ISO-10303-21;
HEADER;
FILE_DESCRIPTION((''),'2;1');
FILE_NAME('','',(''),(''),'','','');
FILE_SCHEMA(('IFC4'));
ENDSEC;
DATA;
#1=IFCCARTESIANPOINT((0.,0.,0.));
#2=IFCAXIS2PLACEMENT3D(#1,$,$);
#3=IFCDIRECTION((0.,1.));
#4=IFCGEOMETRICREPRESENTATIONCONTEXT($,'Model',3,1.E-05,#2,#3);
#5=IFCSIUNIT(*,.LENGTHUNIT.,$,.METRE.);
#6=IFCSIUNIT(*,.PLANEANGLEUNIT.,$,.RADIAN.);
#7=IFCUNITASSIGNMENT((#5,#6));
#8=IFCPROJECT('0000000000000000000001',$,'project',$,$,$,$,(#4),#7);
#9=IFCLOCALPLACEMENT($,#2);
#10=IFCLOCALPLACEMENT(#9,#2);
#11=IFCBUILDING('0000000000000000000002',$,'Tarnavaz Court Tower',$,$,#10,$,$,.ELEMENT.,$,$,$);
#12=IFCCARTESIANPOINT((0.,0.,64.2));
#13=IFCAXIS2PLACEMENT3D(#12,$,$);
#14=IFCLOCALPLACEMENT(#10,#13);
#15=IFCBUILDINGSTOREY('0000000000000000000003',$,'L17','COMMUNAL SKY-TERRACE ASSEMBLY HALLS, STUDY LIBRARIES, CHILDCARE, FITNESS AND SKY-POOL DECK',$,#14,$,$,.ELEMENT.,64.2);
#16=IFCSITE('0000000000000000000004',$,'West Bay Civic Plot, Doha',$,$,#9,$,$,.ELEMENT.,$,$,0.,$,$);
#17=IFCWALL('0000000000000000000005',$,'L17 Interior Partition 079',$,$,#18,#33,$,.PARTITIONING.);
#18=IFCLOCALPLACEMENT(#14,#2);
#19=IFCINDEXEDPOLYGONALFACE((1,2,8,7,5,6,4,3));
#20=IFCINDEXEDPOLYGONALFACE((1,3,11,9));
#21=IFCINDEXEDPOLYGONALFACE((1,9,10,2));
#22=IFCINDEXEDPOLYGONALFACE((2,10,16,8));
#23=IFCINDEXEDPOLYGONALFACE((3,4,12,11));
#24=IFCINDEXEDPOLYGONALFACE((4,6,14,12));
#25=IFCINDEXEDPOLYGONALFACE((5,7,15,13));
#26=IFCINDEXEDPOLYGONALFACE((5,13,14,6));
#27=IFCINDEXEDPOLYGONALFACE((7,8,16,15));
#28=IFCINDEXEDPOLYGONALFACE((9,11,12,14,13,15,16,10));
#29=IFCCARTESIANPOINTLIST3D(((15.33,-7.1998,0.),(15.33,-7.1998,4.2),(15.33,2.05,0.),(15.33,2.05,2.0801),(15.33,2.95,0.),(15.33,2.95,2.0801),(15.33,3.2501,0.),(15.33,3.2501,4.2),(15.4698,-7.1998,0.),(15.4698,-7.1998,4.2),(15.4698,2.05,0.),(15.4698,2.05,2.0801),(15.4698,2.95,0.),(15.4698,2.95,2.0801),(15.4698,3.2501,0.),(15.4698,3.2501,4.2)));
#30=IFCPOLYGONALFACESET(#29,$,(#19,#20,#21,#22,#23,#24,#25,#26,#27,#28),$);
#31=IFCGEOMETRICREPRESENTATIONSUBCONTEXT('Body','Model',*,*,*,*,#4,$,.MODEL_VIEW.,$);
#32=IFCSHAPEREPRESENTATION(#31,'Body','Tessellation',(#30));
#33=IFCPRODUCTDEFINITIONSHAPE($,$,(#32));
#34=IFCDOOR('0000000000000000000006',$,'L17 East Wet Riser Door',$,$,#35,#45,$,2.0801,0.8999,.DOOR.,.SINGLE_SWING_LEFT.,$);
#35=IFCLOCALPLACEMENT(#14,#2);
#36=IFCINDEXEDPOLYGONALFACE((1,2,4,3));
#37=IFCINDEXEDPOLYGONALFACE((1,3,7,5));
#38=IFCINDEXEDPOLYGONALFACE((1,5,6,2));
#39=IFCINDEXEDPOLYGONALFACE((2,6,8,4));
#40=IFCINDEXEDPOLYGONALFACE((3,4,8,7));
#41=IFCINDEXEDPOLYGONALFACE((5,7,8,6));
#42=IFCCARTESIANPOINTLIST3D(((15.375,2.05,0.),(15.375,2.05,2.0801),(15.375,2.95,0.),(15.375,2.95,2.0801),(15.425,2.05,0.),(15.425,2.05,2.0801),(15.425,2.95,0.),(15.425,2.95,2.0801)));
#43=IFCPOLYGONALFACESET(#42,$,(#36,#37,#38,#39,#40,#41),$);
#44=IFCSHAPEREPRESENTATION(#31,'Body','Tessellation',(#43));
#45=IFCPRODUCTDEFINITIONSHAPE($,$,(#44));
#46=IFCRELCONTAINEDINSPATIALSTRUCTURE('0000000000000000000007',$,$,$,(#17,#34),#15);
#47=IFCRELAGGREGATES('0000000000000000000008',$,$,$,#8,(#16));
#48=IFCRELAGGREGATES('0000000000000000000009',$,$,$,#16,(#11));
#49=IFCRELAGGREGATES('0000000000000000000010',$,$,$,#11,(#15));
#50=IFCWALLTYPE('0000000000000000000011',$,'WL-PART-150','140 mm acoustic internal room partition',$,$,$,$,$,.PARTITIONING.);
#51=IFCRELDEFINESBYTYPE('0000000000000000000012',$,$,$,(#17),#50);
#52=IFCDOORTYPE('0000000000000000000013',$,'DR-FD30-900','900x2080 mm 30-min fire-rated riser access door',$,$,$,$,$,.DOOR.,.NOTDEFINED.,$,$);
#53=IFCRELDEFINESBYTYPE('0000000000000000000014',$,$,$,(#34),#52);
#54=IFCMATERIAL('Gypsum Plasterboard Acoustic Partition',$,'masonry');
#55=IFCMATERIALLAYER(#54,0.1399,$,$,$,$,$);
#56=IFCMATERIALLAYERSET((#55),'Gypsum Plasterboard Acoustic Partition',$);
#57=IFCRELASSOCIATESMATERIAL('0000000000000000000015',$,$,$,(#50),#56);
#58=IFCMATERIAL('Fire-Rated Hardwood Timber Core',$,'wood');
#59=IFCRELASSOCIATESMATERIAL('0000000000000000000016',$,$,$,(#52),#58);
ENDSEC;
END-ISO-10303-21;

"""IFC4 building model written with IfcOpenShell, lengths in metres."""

from ifc_helpers import new_model, si_unit, direction, frame, frame_2d, origin, place, context, subcontext, project, spatial, rectangle, extrude, material, layer, layer_set, type_object, element, fill, save


model = new_model("IFC4")

# Units and contexts
model_context = context("Model", 3, precision=1e-05, world=origin(), true_north=direction((0.0, 1.0)))
body_context = subcontext(model_context, "Body", "Model", "MODEL_VIEW")
ifc_project = project(units=[si_unit("LENGTHUNIT", "METRE"), si_unit("PLANEANGLEUNIT", "RADIAN")], contexts=[model_context])

# Site, building, storey
site_placement = place(None, origin())
site = spatial("IfcSite", under=ifc_project, at=site_placement, Name="West Bay Civic Plot, Doha", CompositionType="ELEMENT", RefElevation=0.0)
building_placement = place(site_placement, origin())
building = spatial("IfcBuilding", under=site, at=building_placement, Name="Tarnavaz Court Tower", CompositionType="ELEMENT")
storey_placement = place(building_placement, frame((0.0, 0.0, 64.2)))
storey = spatial("IfcBuildingStorey", under=building, at=storey_placement, Name="L17", Description="COMMUNAL SKY-TERRACE ASSEMBLY HALLS, STUDY LIBRARIES, CHILDCARE, FITNESS AND SKY-POOL DECK", CompositionType="ELEMENT", Elevation=64.2)

# Wall, opening, door
ifc_material_1 = material(Name="Gypsum Plasterboard Acoustic Partition", Category="masonry")
ifc_layer_1 = layer(ifc_material_1, 0.1399)
ifc_layer_set_1 = layer_set([ifc_layer_1], Name="Gypsum Plasterboard Acoustic Partition")
wall_type_1 = type_object("IfcWallType", Name="WL-PART-150", Description="140 mm acoustic internal room partition", PredefinedType="PARTITIONING", material=ifc_layer_set_1)
wall_1_placement = place(storey_placement, frame((15.3999, -7.2, 0.0), z_axis=(0.0, 0.0, 1.0), x_axis=(0.0, 1.0, 0.0)))
wall_1 = element("IfcWall", 1, at=wall_1_placement, inside=storey, type_object=wall_type_1, Name="L17 Interior Partition 079", PredefinedType="PARTITIONING", context=body_context, shape_type="SweptSolid", body=[
    extrude(rectangle(XDim=10.45, YDim=0.1399, at=frame_2d((5.2251, 0.0))), origin(), (0.0, 0.0, 1.0), 4.2),
])
opening_1_placement = place(wall_1_placement, frame((9.25, 0.0, 0.0)))
opening_1 = element("IfcOpeningElement", 2, at=opening_1_placement, cuts=wall_1, PredefinedType="OPENING", context=body_context, shape_type="SweptSolid", body=[
    extrude(rectangle(XDim=0.8999, YDim=2.0801, at=frame_2d((0.45, 1.04))), frame((0.0, 0.0798, 0.0), z_axis=(0.0, -1.0, 0.0), x_axis=(1.0, 0.0, 0.0)), (0.0, 0.0, 1.0), 0.1599),
])
ifc_material_2 = material(Name="Fire-Rated Hardwood Timber Core", Category="wood")
door_type_1 = type_object("IfcDoorType", Name="DR-FD30-900", Description="900x2080 mm 30-min fire-rated riser access door", OperationType="NOTDEFINED", PredefinedType="DOOR", material=ifc_material_2)
door_1_placement = place(opening_1_placement, origin())
door_1 = element("IfcDoor", 3, at=door_1_placement, inside=storey, type_object=door_type_1, Name="L17 East Wet Riser Door", OperationType="SINGLE_SWING_LEFT", OverallHeight=2.0801, OverallWidth=0.8999, PredefinedType="DOOR", context=body_context, shape_type="SweptSolid", body=[
    extrude(rectangle(XDim=0.8999, YDim=2.0801, at=frame_2d((0.45, 1.04))), frame((0.0, 0.0249, 0.0), z_axis=(0.0, -1.0, 0.0), x_axis=(1.0, 0.0, 0.0)), (0.0, 0.0, 1.0), 0.05),
])
fill(opening_1, door_1)

save(model, "model.ifc")
